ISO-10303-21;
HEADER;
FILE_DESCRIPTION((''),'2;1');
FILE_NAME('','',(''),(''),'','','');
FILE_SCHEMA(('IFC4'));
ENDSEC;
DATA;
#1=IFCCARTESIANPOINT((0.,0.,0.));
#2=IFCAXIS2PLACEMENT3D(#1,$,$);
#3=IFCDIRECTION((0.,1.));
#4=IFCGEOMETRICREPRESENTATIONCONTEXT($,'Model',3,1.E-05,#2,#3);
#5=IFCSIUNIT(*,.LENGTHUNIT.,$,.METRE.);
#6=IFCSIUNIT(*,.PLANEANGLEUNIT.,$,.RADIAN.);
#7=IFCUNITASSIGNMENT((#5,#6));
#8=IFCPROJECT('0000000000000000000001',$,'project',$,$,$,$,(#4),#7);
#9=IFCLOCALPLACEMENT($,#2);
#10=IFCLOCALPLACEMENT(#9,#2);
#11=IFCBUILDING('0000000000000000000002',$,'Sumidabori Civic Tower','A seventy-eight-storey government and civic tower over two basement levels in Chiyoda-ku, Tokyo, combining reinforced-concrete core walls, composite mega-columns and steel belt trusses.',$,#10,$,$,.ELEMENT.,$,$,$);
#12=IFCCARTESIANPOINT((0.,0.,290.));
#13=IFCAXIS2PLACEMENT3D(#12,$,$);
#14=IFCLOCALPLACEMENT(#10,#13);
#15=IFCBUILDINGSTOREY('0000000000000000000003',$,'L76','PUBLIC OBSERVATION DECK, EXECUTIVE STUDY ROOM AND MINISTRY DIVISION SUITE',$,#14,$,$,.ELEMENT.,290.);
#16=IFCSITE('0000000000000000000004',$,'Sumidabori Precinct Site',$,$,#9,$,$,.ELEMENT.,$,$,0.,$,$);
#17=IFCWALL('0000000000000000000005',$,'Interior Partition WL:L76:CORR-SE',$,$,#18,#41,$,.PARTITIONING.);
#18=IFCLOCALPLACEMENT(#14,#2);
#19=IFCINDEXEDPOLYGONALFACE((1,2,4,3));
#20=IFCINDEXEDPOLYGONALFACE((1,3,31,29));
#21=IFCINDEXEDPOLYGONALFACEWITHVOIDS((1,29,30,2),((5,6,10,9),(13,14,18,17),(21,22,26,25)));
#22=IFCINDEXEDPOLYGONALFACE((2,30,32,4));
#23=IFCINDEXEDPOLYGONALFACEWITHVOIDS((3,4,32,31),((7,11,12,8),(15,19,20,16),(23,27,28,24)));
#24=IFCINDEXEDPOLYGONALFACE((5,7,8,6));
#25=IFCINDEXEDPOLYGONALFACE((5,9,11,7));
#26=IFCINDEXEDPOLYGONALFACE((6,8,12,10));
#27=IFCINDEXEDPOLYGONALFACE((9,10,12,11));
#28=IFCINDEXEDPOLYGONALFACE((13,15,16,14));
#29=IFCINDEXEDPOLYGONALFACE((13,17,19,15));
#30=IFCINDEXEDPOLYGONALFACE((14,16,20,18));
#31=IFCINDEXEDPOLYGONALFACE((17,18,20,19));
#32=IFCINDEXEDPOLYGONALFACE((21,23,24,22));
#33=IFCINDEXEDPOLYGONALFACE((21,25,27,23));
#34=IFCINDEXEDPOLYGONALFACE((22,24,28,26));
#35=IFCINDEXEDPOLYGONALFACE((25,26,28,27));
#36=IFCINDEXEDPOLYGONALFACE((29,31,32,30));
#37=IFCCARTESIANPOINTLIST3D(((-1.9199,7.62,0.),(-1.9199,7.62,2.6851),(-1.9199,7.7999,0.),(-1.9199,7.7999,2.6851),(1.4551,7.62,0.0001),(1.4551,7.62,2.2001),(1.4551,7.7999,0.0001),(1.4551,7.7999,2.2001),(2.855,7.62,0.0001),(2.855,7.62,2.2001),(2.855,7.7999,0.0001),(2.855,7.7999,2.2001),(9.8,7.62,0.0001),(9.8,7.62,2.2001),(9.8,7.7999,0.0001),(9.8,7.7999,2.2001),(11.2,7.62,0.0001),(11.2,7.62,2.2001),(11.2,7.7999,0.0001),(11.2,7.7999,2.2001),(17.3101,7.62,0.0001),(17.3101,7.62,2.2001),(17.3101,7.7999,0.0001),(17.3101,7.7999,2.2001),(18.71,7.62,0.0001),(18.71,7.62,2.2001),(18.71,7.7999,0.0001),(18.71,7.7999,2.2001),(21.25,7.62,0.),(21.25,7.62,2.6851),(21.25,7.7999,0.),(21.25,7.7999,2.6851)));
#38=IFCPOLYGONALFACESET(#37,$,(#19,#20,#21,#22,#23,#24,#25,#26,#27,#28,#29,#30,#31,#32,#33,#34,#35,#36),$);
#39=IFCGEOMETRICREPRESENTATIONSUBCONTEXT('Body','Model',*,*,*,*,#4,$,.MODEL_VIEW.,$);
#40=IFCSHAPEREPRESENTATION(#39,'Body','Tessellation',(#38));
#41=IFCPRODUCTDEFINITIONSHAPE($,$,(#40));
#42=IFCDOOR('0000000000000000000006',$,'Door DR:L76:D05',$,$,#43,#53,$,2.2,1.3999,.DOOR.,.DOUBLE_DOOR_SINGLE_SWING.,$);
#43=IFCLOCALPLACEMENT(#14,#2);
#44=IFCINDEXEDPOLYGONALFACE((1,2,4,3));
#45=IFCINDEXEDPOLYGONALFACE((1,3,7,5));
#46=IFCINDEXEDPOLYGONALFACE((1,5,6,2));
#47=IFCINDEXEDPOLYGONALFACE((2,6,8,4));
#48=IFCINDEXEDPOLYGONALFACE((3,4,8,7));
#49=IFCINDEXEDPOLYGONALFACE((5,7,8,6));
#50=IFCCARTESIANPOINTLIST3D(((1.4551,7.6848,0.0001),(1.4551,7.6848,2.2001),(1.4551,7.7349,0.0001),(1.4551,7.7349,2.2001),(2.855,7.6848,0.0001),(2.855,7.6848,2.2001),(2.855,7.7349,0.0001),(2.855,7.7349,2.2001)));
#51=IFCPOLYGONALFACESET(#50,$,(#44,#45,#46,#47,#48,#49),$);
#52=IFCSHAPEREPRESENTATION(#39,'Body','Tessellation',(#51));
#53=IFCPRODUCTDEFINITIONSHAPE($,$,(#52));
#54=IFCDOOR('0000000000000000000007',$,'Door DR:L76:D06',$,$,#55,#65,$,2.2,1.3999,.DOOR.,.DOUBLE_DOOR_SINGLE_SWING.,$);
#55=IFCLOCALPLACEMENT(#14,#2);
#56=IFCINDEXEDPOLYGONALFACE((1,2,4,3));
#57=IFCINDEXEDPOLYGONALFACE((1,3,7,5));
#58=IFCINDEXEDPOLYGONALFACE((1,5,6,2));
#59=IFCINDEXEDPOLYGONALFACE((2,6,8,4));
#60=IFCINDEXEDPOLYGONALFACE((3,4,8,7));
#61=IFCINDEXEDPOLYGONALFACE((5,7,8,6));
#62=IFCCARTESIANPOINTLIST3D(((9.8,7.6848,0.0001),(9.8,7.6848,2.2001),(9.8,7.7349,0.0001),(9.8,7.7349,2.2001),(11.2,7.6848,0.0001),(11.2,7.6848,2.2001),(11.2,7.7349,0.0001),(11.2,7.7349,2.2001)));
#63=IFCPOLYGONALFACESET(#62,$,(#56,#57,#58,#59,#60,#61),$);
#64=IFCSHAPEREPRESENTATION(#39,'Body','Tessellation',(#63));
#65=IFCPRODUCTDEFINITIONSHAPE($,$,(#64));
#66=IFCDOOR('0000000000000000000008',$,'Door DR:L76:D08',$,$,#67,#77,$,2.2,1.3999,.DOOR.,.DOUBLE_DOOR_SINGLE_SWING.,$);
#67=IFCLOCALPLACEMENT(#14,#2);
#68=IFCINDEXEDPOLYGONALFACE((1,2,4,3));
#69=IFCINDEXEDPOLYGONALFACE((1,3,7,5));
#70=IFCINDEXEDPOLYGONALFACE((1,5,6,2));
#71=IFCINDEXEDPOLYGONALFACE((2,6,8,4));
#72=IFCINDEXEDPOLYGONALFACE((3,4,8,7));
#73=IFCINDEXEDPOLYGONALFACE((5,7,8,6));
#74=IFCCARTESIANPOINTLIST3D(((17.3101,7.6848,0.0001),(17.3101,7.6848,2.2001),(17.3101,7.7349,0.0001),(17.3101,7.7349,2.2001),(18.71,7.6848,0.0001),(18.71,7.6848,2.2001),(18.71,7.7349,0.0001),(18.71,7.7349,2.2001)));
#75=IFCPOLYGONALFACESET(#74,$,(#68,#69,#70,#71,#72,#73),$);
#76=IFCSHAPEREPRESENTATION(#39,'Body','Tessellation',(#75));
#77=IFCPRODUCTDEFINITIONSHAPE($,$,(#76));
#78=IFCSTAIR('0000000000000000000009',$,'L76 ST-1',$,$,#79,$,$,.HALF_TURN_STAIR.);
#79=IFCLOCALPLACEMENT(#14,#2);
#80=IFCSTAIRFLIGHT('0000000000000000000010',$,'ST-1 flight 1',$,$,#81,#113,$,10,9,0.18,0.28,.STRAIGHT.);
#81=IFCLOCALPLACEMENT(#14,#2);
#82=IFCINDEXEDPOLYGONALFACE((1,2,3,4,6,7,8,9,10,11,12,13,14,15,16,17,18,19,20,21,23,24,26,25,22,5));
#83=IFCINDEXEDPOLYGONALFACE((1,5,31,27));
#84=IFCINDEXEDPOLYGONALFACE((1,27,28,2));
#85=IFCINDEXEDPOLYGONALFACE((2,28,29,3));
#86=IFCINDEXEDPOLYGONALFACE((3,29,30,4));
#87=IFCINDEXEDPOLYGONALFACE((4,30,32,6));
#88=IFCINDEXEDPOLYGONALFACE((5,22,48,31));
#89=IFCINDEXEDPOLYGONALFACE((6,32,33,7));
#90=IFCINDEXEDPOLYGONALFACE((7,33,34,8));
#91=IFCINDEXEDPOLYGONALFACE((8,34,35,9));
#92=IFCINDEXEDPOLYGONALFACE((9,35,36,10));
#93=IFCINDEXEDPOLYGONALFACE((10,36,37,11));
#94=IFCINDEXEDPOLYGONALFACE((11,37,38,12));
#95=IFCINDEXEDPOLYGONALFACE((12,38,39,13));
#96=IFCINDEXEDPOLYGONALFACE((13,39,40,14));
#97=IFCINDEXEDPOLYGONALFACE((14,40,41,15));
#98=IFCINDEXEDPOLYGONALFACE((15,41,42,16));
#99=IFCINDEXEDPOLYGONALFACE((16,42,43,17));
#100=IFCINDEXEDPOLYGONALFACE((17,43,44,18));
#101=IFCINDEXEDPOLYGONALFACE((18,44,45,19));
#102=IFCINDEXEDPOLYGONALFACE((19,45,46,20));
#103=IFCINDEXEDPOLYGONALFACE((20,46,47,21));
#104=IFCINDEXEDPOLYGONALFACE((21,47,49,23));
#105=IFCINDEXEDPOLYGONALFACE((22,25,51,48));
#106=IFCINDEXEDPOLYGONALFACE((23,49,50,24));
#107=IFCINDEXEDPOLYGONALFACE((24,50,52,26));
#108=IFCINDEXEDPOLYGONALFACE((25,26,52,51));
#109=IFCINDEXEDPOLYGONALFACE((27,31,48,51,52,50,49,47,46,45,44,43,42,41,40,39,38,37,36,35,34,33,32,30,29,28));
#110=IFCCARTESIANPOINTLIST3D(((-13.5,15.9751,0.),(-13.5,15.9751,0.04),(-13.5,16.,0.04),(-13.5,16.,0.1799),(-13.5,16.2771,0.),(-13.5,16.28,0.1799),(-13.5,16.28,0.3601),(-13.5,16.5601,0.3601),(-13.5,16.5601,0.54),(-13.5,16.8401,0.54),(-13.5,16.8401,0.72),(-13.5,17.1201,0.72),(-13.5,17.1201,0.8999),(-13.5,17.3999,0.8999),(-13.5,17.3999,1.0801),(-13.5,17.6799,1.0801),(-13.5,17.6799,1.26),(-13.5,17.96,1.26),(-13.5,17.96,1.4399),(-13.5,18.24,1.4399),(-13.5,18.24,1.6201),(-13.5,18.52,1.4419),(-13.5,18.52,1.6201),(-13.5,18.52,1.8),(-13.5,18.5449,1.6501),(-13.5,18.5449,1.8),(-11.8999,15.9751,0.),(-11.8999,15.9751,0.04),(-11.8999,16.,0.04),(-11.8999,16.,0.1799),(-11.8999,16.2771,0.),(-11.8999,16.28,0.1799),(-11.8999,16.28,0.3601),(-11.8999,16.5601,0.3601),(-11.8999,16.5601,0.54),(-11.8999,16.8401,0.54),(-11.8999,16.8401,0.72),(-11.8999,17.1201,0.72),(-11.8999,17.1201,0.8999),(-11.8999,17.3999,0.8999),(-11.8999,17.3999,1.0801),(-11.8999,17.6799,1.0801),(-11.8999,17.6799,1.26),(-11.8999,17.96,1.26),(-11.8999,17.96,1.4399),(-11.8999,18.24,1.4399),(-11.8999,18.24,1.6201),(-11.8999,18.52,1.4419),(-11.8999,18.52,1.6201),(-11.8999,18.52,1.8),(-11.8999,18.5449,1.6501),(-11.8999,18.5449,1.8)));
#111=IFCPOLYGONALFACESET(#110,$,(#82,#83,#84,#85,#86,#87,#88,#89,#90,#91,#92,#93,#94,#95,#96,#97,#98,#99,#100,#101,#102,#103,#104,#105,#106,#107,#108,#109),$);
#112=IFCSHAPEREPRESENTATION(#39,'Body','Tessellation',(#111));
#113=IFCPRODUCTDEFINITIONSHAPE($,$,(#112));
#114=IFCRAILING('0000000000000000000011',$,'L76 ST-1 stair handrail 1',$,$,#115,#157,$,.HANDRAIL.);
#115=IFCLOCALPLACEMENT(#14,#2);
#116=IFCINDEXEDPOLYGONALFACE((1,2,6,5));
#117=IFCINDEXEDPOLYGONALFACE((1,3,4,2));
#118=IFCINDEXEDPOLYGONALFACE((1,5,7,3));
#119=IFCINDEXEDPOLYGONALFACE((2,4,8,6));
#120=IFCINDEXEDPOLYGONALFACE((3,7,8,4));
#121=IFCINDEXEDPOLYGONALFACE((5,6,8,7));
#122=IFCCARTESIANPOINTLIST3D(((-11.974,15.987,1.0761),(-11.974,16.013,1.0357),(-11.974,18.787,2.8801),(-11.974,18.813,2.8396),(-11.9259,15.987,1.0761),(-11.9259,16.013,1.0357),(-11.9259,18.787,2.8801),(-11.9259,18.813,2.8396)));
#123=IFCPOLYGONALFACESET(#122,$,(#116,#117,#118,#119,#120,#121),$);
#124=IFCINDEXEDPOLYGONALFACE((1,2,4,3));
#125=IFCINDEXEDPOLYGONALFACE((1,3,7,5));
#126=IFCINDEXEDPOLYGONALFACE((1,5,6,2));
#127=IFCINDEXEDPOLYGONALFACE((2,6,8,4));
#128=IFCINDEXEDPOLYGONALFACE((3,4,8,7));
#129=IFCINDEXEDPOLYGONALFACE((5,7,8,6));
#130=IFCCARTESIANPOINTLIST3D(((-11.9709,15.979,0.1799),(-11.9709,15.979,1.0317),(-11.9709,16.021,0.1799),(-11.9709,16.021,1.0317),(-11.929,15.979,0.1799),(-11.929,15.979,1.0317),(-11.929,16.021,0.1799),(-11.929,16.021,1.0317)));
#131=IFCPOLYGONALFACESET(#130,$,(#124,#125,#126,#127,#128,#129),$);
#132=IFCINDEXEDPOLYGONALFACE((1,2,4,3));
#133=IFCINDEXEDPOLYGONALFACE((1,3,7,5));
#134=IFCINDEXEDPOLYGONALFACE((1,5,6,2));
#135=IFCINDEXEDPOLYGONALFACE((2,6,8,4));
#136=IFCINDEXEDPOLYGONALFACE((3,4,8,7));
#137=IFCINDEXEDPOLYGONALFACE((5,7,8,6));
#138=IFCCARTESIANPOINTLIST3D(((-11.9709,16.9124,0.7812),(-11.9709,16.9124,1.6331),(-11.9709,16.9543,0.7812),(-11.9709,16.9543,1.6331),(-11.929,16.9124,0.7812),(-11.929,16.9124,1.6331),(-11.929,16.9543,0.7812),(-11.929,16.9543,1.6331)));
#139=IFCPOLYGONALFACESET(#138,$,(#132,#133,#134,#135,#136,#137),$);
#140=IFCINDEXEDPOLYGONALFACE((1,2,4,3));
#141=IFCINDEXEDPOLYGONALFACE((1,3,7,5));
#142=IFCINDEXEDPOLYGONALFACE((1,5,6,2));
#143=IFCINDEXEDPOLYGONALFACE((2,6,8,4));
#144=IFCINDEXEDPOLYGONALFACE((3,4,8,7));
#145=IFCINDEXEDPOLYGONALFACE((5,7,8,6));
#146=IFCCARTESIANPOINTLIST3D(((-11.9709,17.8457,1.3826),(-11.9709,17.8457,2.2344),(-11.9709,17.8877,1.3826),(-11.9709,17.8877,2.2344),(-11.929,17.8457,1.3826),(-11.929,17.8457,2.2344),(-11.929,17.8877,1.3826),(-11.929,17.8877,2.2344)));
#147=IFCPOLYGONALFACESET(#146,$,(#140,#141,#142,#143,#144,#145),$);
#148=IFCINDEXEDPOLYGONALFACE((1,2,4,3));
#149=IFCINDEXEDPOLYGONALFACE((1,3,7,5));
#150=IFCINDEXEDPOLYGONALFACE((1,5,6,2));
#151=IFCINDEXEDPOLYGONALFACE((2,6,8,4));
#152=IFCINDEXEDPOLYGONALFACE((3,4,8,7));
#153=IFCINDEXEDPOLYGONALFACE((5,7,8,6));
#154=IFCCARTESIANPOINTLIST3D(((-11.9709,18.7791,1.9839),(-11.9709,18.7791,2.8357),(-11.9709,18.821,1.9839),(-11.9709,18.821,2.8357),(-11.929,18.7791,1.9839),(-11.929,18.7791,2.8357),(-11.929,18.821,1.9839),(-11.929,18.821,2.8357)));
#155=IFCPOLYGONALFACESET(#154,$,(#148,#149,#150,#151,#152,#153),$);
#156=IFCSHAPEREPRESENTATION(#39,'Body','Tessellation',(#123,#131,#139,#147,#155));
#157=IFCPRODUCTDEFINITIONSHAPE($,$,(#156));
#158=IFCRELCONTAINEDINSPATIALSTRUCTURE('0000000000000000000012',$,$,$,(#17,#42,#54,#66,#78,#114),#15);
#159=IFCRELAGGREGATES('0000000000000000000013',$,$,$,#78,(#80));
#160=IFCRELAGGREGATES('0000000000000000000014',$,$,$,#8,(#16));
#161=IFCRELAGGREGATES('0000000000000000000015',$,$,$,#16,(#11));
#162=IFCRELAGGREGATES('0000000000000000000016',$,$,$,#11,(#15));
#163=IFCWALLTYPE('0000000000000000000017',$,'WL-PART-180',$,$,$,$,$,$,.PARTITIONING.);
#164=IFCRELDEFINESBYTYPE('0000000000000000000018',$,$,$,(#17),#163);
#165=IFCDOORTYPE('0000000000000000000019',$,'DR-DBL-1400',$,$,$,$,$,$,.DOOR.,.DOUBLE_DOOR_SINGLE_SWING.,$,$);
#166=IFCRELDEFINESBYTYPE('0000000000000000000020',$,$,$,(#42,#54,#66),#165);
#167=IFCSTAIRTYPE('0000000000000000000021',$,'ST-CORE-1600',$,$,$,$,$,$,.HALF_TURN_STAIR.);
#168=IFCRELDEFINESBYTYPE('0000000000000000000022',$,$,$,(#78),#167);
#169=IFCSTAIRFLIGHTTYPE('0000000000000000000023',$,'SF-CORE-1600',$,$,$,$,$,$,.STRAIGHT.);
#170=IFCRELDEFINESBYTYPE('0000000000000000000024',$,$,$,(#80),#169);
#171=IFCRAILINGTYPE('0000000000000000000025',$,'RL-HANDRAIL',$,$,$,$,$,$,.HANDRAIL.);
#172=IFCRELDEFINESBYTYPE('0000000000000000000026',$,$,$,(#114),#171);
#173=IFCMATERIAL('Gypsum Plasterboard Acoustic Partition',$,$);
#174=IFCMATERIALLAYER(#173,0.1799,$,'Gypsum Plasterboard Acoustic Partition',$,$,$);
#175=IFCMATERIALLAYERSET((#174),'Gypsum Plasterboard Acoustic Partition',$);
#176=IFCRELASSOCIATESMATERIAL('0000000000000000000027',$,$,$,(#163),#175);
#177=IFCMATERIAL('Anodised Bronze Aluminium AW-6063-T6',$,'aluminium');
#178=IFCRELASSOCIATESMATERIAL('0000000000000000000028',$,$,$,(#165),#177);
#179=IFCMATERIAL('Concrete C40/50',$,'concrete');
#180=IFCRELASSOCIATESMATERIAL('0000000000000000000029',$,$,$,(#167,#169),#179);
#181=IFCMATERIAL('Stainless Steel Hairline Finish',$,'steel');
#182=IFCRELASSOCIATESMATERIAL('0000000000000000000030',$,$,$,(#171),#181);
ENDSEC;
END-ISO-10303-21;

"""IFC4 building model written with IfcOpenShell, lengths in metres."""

from ifc_helpers import new_model, si_unit, direction, frame, frame_2d, origin, origin_2d, place, context, subcontext, project, spatial, polyline, rectangle, outline, extrude, source, transform, mapped, material, layer, layer_set, type_object, element, fill, aggregate, save


model = new_model("IFC4")

# Units and contexts
model_context = context("Model", 3, precision=1e-05, world=origin(), true_north=direction((0.0, 1.0)))
body_context = subcontext(model_context, "Body", "Model", "MODEL_VIEW")
ifc_project = project(units=[si_unit("LENGTHUNIT", "METRE"), si_unit("PLANEANGLEUNIT", "RADIAN")], contexts=[model_context])

# Site, building, storey
site_placement = place(None, origin())
site = spatial("IfcSite", under=ifc_project, at=site_placement, Name="Sumidabori Precinct Site", CompositionType="ELEMENT", RefElevation=0.0)
building_placement = place(site_placement, origin())
building = spatial("IfcBuilding", under=site, at=building_placement, Name="Sumidabori Civic Tower", Description="A seventy-eight-storey government and civic tower over two basement levels in Chiyoda-ku, Tokyo, combining reinforced-concrete core walls, composite mega-columns and steel belt trusses.", CompositionType="ELEMENT")
storey_placement = place(building_placement, frame((0.0, 0.0, 290.0)))
storey = spatial("IfcBuildingStorey", under=building, at=storey_placement, Name="L76", Description="PUBLIC OBSERVATION DECK, EXECUTIVE STUDY ROOM AND MINISTRY DIVISION SUITE", CompositionType="ELEMENT", Elevation=290.0)

# Shared definitions
ifc_material_1 = material(Name="Stainless Steel Hairline Finish", Category="steel")

# Shared definitions
ifc_material_2 = material(Name="Gypsum Plasterboard Acoustic Partition")

# Wall, openings, doors
ifc_layer_1 = layer(ifc_material_2, 0.1799, Name="Gypsum Plasterboard Acoustic Partition")
ifc_layer_set_1 = layer_set([ifc_layer_1], Name="Gypsum Plasterboard Acoustic Partition")
wall_type_1 = type_object("IfcWallType", Name="WL-PART-180", PredefinedType="PARTITIONING", material=ifc_layer_set_1)
shared_shape_1 = source(origin(), body_context, "Body", "SweptSolid", [
    extrude(rectangle(XDim=23.1699, YDim=0.1799, at=frame_2d((11.585, 0.0))), origin(), (0.0, 0.0, 1.0), 2.6851),
])
wall_1_placement = place(storey_placement, frame((-1.9199, 7.71, 0.0), z_axis=(0.0, 0.0, 1.0), x_axis=(1.0, 0.0, 0.0)))
wall_1 = element("IfcWall", 1, at=wall_1_placement, inside=storey, type_object=wall_type_1, Name="Interior Partition WL:L76:CORR-SE", PredefinedType="PARTITIONING", context=body_context, shape_type="MappedRepresentation", body=[
    mapped(shared_shape_1, transform((0.0, 0.0, 0.0), x_axis=(1.0, 0.0, 0.0), y_axis=(0.0, 1.0, 0.0), z_axis=(0.0, 0.0, 1.0), scale=1.0)),
])
opening_1_placement = place(wall_1_placement, frame((3.375, 0.0, 0.0)))
opening_1 = element("IfcOpeningElement", 2, at=opening_1_placement, cuts=wall_1, PredefinedType="OPENING", context=body_context, shape_type="SweptSolid", body=[
    extrude(rectangle(XDim=1.3999, YDim=2.2, at=frame_2d((0.7, 1.1001))), frame((0.0, 0.1021, 0.0), z_axis=(0.0, -1.0, 0.0), x_axis=(1.0, 0.0, 0.0)), (0.0, 0.0, 1.0), 0.2039),
])
opening_2_placement = place(wall_1_placement, frame((11.72, 0.0, 0.0)))
opening_2 = element("IfcOpeningElement", 3, at=opening_2_placement, cuts=wall_1, PredefinedType="OPENING", context=body_context, shape_type="SweptSolid", body=[
    extrude(rectangle(XDim=1.3999, YDim=2.2, at=frame_2d((0.7, 1.1001))), frame((0.0, 0.1021, 0.0), z_axis=(0.0, -1.0, 0.0), x_axis=(1.0, 0.0, 0.0)), (0.0, 0.0, 1.0), 0.2039),
])
opening_3_placement = place(wall_1_placement, frame((19.23, 0.0, 0.0)))
opening_3 = element("IfcOpeningElement", 4, at=opening_3_placement, cuts=wall_1, PredefinedType="OPENING", context=body_context, shape_type="SweptSolid", body=[
    extrude(rectangle(XDim=1.3999, YDim=2.2, at=frame_2d((0.7, 1.1001))), frame((0.0, 0.1021, 0.0), z_axis=(0.0, -1.0, 0.0), x_axis=(1.0, 0.0, 0.0)), (0.0, 0.0, 1.0), 0.2039),
])
ifc_material_3 = material(Name="Anodised Bronze Aluminium AW-6063-T6", Category="aluminium")
door_type_1 = type_object("IfcDoorType", Name="DR-DBL-1400", OperationType="DOUBLE_DOOR_SINGLE_SWING", PredefinedType="DOOR", material=ifc_material_3)
shared_shape_2 = source(origin(), body_context, "Body", "SweptSolid", [
    extrude(rectangle(XDim=1.3999, YDim=2.2, at=frame_2d((0.7, 1.1001))), frame((0.0, 0.0249, 0.0), z_axis=(0.0, -1.0, 0.0), x_axis=(1.0, 0.0, 0.0)), (0.0, 0.0, 1.0), 0.05),
])
door_1_placement = place(opening_1_placement, origin())
door_1 = element("IfcDoor", 5, at=door_1_placement, inside=storey, type_object=door_type_1, Name="Door DR:L76:D05", OperationType="DOUBLE_DOOR_SINGLE_SWING", OverallHeight=2.2, OverallWidth=1.3999, PredefinedType="DOOR", context=body_context, shape_type="MappedRepresentation", body=[
    mapped(shared_shape_2, transform((0.0, 0.0, 0.0), x_axis=(1.0, 0.0, 0.0), y_axis=(0.0, 1.0, 0.0), z_axis=(0.0, 0.0, 1.0), scale=1.0)),
])
fill(opening_1, door_1)
door_2_placement = place(opening_2_placement, origin())
door_2 = element("IfcDoor", 6, at=door_2_placement, inside=storey, type_object=door_type_1, Name="Door DR:L76:D06", OperationType="DOUBLE_DOOR_SINGLE_SWING", OverallHeight=2.2, OverallWidth=1.3999, PredefinedType="DOOR", context=body_context, shape_type="MappedRepresentation", body=[
    mapped(shared_shape_2, transform((0.0, 0.0, 0.0), x_axis=(1.0, 0.0, 0.0), y_axis=(0.0, 1.0, 0.0), z_axis=(0.0, 0.0, 1.0), scale=1.0)),
])
fill(opening_2, door_2)
door_3_placement = place(opening_3_placement, origin())
door_3 = element("IfcDoor", 7, at=door_3_placement, inside=storey, type_object=door_type_1, Name="Door DR:L76:D08", OperationType="DOUBLE_DOOR_SINGLE_SWING", OverallHeight=2.2, OverallWidth=1.3999, PredefinedType="DOOR", context=body_context, shape_type="MappedRepresentation", body=[
    mapped(shared_shape_2, transform((0.0, 0.0, 0.0), x_axis=(1.0, 0.0, 0.0), y_axis=(0.0, 1.0, 0.0), z_axis=(0.0, 0.0, 1.0), scale=1.0)),
])
fill(opening_3, door_3)

# Stair, stair flight
ifc_material_4 = material(Name="Concrete C40/50", Category="concrete")
stair_type = type_object("IfcStairType", Name="ST-CORE-1600", PredefinedType="HALF_TURN_STAIR", material=ifc_material_4)
stair_placement = place(storey_placement, origin())
stair = element("IfcStair", 8, at=stair_placement, inside=storey, type_object=stair_type, Name="L76 ST-1", PredefinedType="HALF_TURN_STAIR")
stair_flight_type = type_object("IfcStairFlightType", Name="SF-CORE-1600", PredefinedType="STRAIGHT", material=ifc_material_4)
shared_shape_3 = source(origin(), body_context, "Body", "SweptSolid", [
    extrude(outline(polyline([(-0.0249, 0.0), (-0.0249, 0.04), (0.0, 0.04), (0.0, 0.1799), (0.28, 0.1799), (0.28, 0.3601), (0.5601, 0.3601), (0.5601, 0.54), (0.8401, 0.54), (0.8401, 0.72), (1.1201, 0.72), (1.1201, 0.8999), (1.3999, 0.8999), (1.3999, 1.0801), (1.6799, 1.0801), (1.6799, 1.26), (1.96, 1.26), (1.96, 1.4399), (2.24, 1.4399), (2.24, 1.6201), (2.52, 1.6201), (2.52, 1.8), (2.5449, 1.8), (2.5449, 1.6501), (2.52, 1.4419), (0.2771, 0.0), (-0.0249, 0.0)])), frame((0.0, 0.8, 0.0), z_axis=(0.0, -1.0, 0.0), x_axis=(1.0, 0.0, 0.0)), (0.0, 0.0, 1.0), 1.6001),
])
stair_flight_placement = place(storey_placement, frame((-12.7, 16.0, 0.0), z_axis=(0.0, 0.0, 1.0), x_axis=(0.0, 1.0, 0.0)))
stair_flight = element("IfcStairFlight", 9, at=stair_flight_placement, type_object=stair_flight_type, Name="ST-1 flight 1", NumberOfRisers=10, NumberOfTreads=9, PredefinedType="STRAIGHT", RiserHeight=0.18, TreadLength=0.28, context=body_context, shape_type="MappedRepresentation", body=[
    mapped(shared_shape_3, transform((0.0, 0.0, 0.0), x_axis=(1.0, 0.0, 0.0), y_axis=(0.0, 1.0, 0.0), z_axis=(0.0, 0.0, 1.0), scale=1.0)),
])
aggregate(stair, [stair_flight])

# Railing
railing_type_1 = type_object("IfcRailingType", Name="RL-HANDRAIL", PredefinedType="HANDRAIL", material=ifc_material_1)
railing_1_placement = place(storey_placement, frame((-11.95, 16.0, 0.1799)))
element("IfcRailing", 10, at=railing_1_placement, inside=storey, type_object=railing_type_1, Name="L76 ST-1 stair handrail 1", PredefinedType="HANDRAIL", context=body_context, shape_type="SweptSolid", body=[
    extrude(rectangle(XDim=0.0481, YDim=0.0481, at=origin_2d()), frame((0.0, 0.0, 0.876), z_axis=(0.0, 0.840642, 0.541591), x_axis=(-1.0, 0.0, 0.0)), (0.0, 0.0, 1.0), 3.3308),
    extrude(rectangle(XDim=0.042, YDim=0.042, at=origin_2d()), origin(), (0.0, 0.0, 1.0), 0.8518),
    extrude(rectangle(XDim=0.042, YDim=0.042, at=origin_2d()), frame((0.0, 0.9333, 0.6013)), (0.0, 0.0, 1.0), 0.8518),
    extrude(rectangle(XDim=0.042, YDim=0.042, at=origin_2d()), frame((0.0, 1.8667, 1.2026)), (0.0, 0.0, 1.0), 0.8518),
    extrude(rectangle(XDim=0.042, YDim=0.042, at=origin_2d()), frame((0.0, 2.8, 1.804)), (0.0, 0.0, 1.0), 0.8518),
])

save(model, "model.ifc")
